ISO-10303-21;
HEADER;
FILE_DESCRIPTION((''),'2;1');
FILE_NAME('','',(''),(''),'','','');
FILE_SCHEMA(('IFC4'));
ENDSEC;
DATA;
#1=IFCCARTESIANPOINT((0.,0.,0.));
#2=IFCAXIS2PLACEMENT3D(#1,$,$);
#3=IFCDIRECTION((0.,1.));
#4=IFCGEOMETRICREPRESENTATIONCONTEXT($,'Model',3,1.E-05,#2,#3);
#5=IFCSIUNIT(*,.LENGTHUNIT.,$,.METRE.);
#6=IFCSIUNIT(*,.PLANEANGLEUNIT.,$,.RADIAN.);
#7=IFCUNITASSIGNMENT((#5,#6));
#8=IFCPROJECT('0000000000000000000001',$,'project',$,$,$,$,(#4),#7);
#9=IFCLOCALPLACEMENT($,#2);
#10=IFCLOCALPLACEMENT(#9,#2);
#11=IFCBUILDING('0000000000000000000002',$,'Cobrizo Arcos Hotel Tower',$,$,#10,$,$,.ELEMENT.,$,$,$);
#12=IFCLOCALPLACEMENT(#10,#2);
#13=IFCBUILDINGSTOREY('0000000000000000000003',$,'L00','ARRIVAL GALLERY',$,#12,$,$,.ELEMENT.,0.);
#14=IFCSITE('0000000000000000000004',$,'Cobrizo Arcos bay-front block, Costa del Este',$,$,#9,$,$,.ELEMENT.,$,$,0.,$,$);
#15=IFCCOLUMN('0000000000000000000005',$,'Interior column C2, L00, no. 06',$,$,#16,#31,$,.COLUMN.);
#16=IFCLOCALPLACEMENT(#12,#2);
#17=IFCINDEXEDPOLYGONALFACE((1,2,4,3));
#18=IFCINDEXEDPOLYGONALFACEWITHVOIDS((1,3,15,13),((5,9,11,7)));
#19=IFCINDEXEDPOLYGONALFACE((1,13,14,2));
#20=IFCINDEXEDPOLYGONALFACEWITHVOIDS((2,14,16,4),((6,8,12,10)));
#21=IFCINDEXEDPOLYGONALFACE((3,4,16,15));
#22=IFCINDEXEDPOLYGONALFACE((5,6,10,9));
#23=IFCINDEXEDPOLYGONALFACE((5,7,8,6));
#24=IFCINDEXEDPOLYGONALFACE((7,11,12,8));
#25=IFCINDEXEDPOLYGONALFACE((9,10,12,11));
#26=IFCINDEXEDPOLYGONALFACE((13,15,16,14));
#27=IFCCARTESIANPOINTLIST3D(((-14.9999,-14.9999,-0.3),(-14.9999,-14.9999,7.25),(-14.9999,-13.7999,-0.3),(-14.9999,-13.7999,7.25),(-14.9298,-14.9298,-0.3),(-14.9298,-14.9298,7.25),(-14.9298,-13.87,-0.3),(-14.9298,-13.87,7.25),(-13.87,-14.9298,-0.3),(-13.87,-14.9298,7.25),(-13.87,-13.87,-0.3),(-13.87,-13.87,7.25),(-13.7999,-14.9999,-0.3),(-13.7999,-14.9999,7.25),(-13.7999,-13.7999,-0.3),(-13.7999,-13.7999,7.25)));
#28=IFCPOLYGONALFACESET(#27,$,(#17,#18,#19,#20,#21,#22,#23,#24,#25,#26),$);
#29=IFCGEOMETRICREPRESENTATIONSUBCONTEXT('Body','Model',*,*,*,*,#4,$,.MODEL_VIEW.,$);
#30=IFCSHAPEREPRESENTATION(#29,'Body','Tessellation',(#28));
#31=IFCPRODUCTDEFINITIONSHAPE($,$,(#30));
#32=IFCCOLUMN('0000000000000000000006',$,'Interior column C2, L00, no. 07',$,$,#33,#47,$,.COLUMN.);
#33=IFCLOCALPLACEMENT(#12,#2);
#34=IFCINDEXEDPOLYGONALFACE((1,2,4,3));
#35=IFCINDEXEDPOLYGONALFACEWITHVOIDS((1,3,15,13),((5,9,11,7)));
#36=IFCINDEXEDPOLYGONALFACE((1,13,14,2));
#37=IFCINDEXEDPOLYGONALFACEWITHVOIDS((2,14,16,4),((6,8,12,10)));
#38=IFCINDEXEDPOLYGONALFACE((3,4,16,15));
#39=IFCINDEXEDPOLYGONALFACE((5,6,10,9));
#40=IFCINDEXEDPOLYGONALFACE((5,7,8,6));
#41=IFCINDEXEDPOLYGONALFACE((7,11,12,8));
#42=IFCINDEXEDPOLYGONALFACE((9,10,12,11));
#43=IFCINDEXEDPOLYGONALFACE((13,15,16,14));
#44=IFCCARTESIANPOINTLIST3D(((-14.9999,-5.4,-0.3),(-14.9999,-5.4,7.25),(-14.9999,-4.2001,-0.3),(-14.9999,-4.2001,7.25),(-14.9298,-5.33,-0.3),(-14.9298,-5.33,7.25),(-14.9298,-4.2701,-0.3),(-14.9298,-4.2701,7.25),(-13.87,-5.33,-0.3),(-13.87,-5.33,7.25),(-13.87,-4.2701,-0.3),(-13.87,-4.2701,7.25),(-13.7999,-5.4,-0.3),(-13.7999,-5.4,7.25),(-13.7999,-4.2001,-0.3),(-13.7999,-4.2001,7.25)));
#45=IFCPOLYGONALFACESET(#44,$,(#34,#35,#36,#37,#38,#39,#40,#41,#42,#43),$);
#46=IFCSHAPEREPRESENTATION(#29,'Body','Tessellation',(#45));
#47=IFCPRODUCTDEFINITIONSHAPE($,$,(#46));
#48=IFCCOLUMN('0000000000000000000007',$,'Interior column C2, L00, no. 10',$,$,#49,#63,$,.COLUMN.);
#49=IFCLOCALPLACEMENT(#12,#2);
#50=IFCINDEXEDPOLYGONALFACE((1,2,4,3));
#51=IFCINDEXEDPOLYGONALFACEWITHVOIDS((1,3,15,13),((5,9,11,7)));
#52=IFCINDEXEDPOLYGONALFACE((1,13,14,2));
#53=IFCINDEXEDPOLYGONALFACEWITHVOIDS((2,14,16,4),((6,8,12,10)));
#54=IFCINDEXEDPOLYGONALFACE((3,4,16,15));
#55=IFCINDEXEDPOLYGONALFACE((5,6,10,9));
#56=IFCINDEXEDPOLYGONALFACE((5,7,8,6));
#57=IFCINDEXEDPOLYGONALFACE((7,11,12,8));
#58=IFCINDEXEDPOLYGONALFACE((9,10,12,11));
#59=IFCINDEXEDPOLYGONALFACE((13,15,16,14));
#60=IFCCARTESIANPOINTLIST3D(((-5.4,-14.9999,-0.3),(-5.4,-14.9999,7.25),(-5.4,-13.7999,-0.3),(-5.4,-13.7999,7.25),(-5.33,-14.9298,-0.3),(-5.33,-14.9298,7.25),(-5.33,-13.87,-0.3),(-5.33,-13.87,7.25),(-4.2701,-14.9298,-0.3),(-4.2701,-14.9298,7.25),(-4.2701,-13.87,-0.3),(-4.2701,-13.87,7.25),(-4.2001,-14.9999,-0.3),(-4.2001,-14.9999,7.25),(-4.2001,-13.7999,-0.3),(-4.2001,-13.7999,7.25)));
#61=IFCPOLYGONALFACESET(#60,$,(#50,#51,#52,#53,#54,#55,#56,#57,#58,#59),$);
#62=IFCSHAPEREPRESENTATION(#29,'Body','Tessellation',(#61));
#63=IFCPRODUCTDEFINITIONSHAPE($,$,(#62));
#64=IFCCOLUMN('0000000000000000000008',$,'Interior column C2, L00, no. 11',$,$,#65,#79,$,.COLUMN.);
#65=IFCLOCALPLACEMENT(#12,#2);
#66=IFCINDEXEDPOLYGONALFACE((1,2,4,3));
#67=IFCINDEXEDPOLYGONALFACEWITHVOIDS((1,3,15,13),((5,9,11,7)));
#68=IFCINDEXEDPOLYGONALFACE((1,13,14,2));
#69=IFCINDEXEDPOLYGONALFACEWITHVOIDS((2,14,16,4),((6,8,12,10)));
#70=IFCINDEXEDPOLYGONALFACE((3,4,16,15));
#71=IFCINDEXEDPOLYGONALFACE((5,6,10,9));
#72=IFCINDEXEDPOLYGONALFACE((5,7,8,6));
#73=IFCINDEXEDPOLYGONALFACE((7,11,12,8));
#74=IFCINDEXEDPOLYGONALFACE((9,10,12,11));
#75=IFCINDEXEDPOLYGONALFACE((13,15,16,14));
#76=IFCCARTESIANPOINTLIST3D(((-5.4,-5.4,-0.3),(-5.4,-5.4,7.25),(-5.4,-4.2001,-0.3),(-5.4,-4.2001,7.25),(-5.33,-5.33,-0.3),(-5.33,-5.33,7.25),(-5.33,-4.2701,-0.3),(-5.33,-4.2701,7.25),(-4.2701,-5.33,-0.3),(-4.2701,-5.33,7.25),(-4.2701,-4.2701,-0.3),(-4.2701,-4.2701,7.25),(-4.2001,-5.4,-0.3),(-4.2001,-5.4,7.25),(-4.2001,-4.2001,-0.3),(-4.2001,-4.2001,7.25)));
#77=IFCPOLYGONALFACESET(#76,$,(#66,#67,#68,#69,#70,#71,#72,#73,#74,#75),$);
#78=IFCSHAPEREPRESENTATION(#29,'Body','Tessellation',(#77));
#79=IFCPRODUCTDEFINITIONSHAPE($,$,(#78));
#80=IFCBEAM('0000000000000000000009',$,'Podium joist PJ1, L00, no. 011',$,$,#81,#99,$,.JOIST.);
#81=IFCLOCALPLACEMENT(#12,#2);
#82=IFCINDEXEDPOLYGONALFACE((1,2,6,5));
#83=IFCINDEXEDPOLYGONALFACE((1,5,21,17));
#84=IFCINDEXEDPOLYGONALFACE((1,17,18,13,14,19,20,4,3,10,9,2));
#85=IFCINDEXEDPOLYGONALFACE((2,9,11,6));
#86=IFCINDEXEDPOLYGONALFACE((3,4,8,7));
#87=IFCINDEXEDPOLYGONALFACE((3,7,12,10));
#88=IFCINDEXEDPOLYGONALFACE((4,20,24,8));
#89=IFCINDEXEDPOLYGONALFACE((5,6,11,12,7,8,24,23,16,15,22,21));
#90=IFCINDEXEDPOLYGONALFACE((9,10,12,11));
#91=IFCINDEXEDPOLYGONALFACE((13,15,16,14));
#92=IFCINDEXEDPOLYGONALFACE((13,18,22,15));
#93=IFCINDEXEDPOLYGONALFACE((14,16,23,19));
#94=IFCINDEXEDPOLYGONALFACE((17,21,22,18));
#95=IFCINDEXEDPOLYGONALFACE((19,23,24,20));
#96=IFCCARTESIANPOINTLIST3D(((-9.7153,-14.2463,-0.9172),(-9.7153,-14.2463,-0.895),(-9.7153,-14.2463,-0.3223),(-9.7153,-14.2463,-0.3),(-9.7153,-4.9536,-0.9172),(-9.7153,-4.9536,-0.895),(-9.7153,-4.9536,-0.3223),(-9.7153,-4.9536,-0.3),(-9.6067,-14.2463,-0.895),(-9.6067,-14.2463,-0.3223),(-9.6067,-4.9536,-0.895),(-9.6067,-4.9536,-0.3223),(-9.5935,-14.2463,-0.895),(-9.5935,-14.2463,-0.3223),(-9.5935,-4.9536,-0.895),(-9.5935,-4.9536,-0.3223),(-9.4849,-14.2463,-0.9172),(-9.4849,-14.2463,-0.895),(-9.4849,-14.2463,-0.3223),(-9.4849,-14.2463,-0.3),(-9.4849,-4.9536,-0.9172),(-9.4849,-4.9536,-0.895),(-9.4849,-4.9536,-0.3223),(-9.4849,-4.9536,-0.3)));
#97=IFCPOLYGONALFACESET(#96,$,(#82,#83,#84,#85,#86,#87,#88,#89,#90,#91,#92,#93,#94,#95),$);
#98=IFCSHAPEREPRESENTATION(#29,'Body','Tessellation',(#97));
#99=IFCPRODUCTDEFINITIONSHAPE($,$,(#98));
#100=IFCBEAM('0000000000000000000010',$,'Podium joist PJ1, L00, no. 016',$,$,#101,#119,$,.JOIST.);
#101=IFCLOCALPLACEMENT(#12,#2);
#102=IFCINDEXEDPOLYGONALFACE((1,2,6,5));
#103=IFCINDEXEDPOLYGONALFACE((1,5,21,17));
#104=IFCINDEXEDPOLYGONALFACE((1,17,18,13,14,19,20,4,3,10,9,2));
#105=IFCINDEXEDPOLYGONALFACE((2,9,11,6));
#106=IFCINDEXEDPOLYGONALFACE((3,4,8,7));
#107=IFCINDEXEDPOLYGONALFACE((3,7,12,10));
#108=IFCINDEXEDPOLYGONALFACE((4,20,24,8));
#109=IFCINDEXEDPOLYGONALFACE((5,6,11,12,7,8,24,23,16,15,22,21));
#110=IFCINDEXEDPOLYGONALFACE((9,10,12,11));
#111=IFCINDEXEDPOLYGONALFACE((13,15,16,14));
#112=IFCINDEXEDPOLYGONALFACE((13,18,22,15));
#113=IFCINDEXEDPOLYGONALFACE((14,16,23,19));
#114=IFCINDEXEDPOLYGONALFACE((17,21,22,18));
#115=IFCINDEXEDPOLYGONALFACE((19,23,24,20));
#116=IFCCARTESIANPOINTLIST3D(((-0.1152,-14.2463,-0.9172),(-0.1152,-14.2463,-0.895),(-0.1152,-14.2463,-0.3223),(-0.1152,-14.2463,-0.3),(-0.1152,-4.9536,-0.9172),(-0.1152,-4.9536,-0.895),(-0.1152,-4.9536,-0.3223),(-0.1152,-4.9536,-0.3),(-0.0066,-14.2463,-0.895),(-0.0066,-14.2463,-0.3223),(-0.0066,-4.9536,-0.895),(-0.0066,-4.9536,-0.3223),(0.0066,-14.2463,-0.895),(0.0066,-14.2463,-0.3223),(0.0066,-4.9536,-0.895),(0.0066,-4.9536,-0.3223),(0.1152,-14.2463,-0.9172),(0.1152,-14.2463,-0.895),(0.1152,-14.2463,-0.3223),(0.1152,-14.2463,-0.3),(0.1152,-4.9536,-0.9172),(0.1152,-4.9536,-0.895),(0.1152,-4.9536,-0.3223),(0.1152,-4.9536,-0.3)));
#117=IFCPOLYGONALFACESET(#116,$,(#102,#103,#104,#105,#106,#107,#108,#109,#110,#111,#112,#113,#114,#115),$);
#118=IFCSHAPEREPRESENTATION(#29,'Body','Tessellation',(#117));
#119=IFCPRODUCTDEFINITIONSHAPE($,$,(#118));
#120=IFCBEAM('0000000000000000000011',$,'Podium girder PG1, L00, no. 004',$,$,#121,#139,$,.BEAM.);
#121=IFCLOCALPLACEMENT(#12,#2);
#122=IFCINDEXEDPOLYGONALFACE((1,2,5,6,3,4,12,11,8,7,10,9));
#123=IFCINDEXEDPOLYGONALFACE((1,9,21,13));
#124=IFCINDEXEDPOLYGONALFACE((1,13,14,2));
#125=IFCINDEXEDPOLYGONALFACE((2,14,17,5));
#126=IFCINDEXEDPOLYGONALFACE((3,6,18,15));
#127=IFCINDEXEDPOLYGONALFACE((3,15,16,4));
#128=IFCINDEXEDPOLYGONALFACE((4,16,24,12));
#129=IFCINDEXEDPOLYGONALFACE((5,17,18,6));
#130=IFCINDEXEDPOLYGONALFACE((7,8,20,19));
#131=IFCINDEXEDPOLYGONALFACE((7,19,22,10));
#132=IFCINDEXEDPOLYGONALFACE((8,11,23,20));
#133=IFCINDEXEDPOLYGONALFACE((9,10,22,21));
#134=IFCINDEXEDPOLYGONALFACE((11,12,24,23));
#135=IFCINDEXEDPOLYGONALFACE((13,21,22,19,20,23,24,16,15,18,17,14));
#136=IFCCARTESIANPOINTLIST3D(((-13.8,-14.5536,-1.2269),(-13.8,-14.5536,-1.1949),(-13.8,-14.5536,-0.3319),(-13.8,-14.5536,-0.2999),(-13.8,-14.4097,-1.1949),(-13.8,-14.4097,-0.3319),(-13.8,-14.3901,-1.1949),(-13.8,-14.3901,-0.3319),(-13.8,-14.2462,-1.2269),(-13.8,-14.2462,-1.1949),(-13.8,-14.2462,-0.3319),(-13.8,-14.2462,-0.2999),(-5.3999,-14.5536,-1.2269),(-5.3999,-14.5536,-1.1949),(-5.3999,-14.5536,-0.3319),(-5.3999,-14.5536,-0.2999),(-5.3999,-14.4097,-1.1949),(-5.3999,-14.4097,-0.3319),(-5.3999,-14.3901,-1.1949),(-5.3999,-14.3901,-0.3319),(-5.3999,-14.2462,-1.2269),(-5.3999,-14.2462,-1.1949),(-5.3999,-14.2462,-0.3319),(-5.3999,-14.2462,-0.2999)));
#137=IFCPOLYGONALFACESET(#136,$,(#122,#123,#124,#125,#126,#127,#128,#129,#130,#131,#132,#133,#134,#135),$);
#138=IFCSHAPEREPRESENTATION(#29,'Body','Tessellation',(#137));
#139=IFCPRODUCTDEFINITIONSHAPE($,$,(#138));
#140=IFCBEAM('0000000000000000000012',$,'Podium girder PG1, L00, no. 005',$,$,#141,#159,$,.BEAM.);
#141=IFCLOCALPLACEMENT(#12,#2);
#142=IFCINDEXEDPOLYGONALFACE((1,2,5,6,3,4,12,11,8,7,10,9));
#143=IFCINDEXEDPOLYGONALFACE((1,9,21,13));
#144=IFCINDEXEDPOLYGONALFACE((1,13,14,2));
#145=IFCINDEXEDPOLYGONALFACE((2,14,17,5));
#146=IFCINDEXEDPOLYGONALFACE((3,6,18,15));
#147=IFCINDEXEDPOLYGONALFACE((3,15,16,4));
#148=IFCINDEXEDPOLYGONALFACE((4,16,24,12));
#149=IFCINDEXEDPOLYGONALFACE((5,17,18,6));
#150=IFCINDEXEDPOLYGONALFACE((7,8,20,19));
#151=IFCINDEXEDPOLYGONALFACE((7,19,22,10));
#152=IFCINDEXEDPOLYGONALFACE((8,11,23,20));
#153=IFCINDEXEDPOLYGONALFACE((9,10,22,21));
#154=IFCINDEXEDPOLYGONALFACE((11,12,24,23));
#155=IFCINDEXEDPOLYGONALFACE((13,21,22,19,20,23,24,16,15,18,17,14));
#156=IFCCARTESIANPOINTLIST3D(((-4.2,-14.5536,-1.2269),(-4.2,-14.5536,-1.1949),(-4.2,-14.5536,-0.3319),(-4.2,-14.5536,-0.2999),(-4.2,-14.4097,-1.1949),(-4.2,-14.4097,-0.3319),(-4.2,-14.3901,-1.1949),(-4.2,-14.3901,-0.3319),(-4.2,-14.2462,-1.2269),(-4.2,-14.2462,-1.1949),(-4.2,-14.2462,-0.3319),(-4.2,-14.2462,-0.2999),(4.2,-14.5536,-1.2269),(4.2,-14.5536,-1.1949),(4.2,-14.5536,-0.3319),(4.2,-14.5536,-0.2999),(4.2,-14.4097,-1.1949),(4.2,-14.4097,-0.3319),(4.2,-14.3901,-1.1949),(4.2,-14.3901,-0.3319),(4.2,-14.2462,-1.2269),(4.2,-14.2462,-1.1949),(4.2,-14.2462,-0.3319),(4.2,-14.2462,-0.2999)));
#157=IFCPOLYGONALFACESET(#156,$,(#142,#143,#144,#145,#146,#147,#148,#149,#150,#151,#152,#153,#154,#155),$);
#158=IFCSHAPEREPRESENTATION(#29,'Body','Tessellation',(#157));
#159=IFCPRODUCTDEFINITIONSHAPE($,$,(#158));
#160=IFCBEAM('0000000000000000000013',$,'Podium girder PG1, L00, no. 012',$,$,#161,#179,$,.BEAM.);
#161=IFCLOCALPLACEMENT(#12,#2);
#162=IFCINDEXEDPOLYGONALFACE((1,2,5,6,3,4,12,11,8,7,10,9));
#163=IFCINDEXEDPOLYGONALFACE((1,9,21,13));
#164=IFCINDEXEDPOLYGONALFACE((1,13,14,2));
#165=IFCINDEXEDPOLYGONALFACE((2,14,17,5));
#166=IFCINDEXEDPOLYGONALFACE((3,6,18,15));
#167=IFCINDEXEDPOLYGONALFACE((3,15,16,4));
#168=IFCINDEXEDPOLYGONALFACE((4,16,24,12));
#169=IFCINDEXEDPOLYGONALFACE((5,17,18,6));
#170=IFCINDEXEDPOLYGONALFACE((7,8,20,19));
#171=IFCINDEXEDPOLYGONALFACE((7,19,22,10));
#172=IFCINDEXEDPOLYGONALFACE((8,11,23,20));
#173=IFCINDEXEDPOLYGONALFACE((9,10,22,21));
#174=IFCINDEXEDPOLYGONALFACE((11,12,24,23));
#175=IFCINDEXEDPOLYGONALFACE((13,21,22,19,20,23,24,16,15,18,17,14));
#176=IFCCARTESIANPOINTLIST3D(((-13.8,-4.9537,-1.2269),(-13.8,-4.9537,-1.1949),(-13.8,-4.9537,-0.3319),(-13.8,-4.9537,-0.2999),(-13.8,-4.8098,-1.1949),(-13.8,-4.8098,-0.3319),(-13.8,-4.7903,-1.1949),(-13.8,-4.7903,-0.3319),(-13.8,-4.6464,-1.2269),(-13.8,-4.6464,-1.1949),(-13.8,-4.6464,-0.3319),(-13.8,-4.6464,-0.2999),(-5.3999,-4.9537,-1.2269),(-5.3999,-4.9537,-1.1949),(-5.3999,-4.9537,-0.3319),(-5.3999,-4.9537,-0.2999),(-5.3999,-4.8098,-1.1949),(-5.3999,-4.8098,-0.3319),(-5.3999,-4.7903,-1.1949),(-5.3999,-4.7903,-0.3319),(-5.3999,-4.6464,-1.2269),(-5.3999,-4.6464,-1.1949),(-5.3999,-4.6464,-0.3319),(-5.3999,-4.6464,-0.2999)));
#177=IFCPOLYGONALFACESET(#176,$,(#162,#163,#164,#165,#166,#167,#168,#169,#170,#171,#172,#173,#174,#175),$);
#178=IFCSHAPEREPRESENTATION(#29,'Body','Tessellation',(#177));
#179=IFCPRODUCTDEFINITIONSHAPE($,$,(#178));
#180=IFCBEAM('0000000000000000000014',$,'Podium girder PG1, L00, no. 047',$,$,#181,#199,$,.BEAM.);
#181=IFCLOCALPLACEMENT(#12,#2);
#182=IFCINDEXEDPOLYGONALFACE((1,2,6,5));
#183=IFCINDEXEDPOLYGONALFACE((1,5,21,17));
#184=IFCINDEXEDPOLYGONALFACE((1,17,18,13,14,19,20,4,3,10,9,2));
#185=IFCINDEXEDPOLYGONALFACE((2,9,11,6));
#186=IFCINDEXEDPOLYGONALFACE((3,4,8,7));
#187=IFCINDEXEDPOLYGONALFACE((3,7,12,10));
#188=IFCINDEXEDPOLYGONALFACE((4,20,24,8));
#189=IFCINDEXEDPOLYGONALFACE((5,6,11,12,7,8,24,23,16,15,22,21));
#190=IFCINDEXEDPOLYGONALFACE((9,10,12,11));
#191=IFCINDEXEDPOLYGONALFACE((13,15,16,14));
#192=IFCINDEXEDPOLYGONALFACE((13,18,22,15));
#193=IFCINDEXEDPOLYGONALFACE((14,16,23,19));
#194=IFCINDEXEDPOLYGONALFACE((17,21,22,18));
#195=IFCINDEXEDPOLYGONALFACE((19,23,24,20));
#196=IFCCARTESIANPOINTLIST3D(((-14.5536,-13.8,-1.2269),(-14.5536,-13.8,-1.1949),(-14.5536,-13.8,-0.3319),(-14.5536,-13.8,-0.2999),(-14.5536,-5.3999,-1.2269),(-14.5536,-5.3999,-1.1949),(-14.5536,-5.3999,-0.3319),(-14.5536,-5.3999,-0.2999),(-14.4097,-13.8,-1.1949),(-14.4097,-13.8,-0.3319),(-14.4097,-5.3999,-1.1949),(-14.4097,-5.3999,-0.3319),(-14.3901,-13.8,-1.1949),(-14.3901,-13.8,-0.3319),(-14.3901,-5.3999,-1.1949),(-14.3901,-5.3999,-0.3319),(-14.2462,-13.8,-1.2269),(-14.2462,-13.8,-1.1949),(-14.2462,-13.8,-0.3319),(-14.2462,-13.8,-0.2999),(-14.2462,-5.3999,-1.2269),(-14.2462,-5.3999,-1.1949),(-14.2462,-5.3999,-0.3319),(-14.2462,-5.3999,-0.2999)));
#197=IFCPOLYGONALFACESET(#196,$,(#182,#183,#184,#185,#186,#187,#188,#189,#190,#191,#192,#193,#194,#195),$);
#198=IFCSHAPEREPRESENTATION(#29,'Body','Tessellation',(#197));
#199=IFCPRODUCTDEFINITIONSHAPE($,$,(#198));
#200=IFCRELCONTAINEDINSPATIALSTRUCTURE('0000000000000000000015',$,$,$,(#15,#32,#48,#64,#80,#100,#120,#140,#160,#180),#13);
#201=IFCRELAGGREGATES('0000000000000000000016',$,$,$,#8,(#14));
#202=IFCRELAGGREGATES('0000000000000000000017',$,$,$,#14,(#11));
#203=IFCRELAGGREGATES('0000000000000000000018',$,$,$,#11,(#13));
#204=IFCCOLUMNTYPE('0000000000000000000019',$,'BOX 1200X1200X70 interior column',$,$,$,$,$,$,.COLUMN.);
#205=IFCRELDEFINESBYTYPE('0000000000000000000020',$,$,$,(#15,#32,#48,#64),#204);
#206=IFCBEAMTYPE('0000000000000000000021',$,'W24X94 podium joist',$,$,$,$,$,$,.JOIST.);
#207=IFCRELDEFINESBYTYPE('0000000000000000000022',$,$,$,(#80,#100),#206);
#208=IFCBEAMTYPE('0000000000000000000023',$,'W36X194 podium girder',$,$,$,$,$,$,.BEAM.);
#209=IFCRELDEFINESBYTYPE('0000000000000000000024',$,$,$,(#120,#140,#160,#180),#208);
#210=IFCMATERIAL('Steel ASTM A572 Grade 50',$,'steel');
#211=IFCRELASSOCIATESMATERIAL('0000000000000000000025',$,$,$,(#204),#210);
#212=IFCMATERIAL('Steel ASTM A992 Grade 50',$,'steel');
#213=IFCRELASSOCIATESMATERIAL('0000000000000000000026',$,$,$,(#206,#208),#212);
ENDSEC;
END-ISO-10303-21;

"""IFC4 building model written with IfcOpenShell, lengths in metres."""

from ifc_helpers import new_model, si_unit, direction, frame, origin, origin_2d, place, context, subcontext, project, spatial, hollow_rectangle, i_section, extrude, material, material_profile, profile_set, type_object, element, save


model = new_model("IFC4")

# Units and contexts
model_context = context("Model", 3, precision=1e-05, world=origin(), true_north=direction((0.0, 1.0)))
body_context = subcontext(model_context, "Body", "Model", "MODEL_VIEW")
ifc_project = project(units=[si_unit("LENGTHUNIT", "METRE"), si_unit("PLANEANGLEUNIT", "RADIAN")], contexts=[model_context])

# Site, building, storey
site_placement = place(None, origin())
site = spatial("IfcSite", under=ifc_project, at=site_placement, Name="Cobrizo Arcos bay-front block, Costa del Este", CompositionType="ELEMENT", RefElevation=0.0)
building_placement = place(site_placement, origin())
building = spatial("IfcBuilding", under=site, at=building_placement, Name="Cobrizo Arcos Hotel Tower", CompositionType="ELEMENT")
storey_placement = place(building_placement, origin())
storey = spatial("IfcBuildingStorey", under=building, at=storey_placement, Name="L00", Description="ARRIVAL GALLERY", CompositionType="ELEMENT", Elevation=0.0)

# Columns
ifc_material_1 = material(Name="Steel ASTM A572 Grade 50", Category="steel")
ifc_material_profile_1 = material_profile(ifc_material_1, hollow_rectangle(XDim=1.2, YDim=1.2, WallThickness=0.0701, at=origin_2d()), Name="BOX 1200X1200X70")
ifc_profile_set_1 = profile_set([ifc_material_profile_1], Name="Steel ASTM A572 Grade 50")
column_type = type_object("IfcColumnType", Name="BOX 1200X1200X70 interior column", PredefinedType="COLUMN", material=ifc_profile_set_1)
for number, where, z_axis, x_axis, name in (
    (1, (-14.3999, -14.3999, -0.3), (0.0, 0.0, 1.0), (1.0, 0.0, 0.0), "Interior column C2, L00, no. 06"),
    (2, (-14.3999, -4.8, -0.3), (0.0, 0.0, 1.0), (1.0, 0.0, 0.0), "Interior column C2, L00, no. 07"),
    (3, (-4.8, -14.3999, -0.3), (0.0, 0.0, 1.0), (1.0, 0.0, 0.0), "Interior column C2, L00, no. 10"),
    (4, (-4.8, -4.8, -0.3), (0.0, 0.0, 1.0), (1.0, 0.0, 0.0), "Interior column C2, L00, no. 11"),
):
    element("IfcColumn", number, at=place(storey_placement, frame(where, z_axis=z_axis, x_axis=x_axis)), inside=storey, type_object=column_type, Name=name, PredefinedType="COLUMN", context=body_context, shape_type="SweptSolid", body=[
        extrude(hollow_rectangle(XDim=1.2, YDim=1.2, WallThickness=0.0701, at=origin_2d()), origin(), (0.0, 0.0, 1.0), 7.55),
    ])

# Beams
ifc_material_2 = material(Name="Steel ASTM A992 Grade 50", Category="steel")
ifc_material_profile_2 = material_profile(ifc_material_2, i_section(OverallWidth=0.2305, OverallDepth=0.6172, WebThickness=0.0132, FlangeThickness=0.0222, at=origin_2d()), Name="W24X94")
ifc_profile_set_2 = profile_set([ifc_material_profile_2], Name="Steel ASTM A992 Grade 50")
beam_type_1 = type_object("IfcBeamType", Name="W24X94 podium joist", PredefinedType="JOIST", material=ifc_profile_set_2)
for number, where, z_axis, x_axis, name in (
    (5, (-9.6001, -14.2463, -0.6086), (0.0, 1.0, 0.0), (-1.0, 0.0, 0.0), "Podium joist PJ1, L00, no. 011"),
    (6, (0.0, -14.2463, -0.6086), (0.0, 1.0, 0.0), (-1.0, 0.0, 0.0), "Podium joist PJ1, L00, no. 016"),
):
    element("IfcBeam", number, at=place(storey_placement, frame(where, z_axis=z_axis, x_axis=x_axis)), inside=storey, type_object=beam_type_1, Name=name, PredefinedType="JOIST", context=body_context, shape_type="SweptSolid", body=[
        extrude(i_section(OverallWidth=0.2305, OverallDepth=0.6172, WebThickness=0.0132, FlangeThickness=0.0222, at=origin_2d()), origin(), (0.0, 0.0, 1.0), 9.2927),
    ])
ifc_material_profile_3 = material_profile(ifc_material_2, i_section(OverallWidth=0.3074, OverallDepth=0.927, WebThickness=0.0195, FlangeThickness=0.032, at=origin_2d()), Name="W36X194")
ifc_profile_set_3 = profile_set([ifc_material_profile_3], Name="Steel ASTM A992 Grade 50")
beam_type_2 = type_object("IfcBeamType", Name="W36X194 podium girder", PredefinedType="BEAM", material=ifc_profile_set_3)
beam_1_placement = place(storey_placement, frame((-13.8, -14.3999, -0.7634), z_axis=(1.0, 0.0, 0.0), x_axis=(0.0, 1.0, 0.0)))
element("IfcBeam", 7, at=beam_1_placement, inside=storey, type_object=beam_type_2, Name="Podium girder PG1, L00, no. 004", PredefinedType="BEAM", context=body_context, shape_type="SweptSolid", body=[
    extrude(i_section(OverallWidth=0.3074, OverallDepth=0.927, WebThickness=0.0195, FlangeThickness=0.032, at=origin_2d()), origin(), (0.0, 0.0, 1.0), 8.4001),
])
beam_2_placement = place(storey_placement, frame((-4.2, -14.3999, -0.7634), z_axis=(1.0, 0.0, 0.0), x_axis=(0.0, 1.0, 0.0)))
element("IfcBeam", 8, at=beam_2_placement, inside=storey, type_object=beam_type_2, Name="Podium girder PG1, L00, no. 005", PredefinedType="BEAM", context=body_context, shape_type="SweptSolid", body=[
    extrude(i_section(OverallWidth=0.3074, OverallDepth=0.927, WebThickness=0.0195, FlangeThickness=0.032, at=origin_2d()), origin(), (0.0, 0.0, 1.0), 8.3999),
])
for number, where, z_axis, x_axis, name in (
    (9, (-13.8, -4.8, -0.7634), (1.0, 0.0, 0.0), (0.0, 1.0, 0.0), "Podium girder PG1, L00, no. 012"),
    (10, (-14.3999, -13.8, -0.7634), (0.0, 1.0, 0.0), (-1.0, 0.0, 0.0), "Podium girder PG1, L00, no. 047"),
):
    element("IfcBeam", number, at=place(storey_placement, frame(where, z_axis=z_axis, x_axis=x_axis)), inside=storey, type_object=beam_type_2, Name=name, PredefinedType="BEAM", context=body_context, shape_type="SweptSolid", body=[
        extrude(i_section(OverallWidth=0.3074, OverallDepth=0.927, WebThickness=0.0195, FlangeThickness=0.032, at=origin_2d()), origin(), (0.0, 0.0, 1.0), 8.4001),
    ])

save(model, "model.ifc")
